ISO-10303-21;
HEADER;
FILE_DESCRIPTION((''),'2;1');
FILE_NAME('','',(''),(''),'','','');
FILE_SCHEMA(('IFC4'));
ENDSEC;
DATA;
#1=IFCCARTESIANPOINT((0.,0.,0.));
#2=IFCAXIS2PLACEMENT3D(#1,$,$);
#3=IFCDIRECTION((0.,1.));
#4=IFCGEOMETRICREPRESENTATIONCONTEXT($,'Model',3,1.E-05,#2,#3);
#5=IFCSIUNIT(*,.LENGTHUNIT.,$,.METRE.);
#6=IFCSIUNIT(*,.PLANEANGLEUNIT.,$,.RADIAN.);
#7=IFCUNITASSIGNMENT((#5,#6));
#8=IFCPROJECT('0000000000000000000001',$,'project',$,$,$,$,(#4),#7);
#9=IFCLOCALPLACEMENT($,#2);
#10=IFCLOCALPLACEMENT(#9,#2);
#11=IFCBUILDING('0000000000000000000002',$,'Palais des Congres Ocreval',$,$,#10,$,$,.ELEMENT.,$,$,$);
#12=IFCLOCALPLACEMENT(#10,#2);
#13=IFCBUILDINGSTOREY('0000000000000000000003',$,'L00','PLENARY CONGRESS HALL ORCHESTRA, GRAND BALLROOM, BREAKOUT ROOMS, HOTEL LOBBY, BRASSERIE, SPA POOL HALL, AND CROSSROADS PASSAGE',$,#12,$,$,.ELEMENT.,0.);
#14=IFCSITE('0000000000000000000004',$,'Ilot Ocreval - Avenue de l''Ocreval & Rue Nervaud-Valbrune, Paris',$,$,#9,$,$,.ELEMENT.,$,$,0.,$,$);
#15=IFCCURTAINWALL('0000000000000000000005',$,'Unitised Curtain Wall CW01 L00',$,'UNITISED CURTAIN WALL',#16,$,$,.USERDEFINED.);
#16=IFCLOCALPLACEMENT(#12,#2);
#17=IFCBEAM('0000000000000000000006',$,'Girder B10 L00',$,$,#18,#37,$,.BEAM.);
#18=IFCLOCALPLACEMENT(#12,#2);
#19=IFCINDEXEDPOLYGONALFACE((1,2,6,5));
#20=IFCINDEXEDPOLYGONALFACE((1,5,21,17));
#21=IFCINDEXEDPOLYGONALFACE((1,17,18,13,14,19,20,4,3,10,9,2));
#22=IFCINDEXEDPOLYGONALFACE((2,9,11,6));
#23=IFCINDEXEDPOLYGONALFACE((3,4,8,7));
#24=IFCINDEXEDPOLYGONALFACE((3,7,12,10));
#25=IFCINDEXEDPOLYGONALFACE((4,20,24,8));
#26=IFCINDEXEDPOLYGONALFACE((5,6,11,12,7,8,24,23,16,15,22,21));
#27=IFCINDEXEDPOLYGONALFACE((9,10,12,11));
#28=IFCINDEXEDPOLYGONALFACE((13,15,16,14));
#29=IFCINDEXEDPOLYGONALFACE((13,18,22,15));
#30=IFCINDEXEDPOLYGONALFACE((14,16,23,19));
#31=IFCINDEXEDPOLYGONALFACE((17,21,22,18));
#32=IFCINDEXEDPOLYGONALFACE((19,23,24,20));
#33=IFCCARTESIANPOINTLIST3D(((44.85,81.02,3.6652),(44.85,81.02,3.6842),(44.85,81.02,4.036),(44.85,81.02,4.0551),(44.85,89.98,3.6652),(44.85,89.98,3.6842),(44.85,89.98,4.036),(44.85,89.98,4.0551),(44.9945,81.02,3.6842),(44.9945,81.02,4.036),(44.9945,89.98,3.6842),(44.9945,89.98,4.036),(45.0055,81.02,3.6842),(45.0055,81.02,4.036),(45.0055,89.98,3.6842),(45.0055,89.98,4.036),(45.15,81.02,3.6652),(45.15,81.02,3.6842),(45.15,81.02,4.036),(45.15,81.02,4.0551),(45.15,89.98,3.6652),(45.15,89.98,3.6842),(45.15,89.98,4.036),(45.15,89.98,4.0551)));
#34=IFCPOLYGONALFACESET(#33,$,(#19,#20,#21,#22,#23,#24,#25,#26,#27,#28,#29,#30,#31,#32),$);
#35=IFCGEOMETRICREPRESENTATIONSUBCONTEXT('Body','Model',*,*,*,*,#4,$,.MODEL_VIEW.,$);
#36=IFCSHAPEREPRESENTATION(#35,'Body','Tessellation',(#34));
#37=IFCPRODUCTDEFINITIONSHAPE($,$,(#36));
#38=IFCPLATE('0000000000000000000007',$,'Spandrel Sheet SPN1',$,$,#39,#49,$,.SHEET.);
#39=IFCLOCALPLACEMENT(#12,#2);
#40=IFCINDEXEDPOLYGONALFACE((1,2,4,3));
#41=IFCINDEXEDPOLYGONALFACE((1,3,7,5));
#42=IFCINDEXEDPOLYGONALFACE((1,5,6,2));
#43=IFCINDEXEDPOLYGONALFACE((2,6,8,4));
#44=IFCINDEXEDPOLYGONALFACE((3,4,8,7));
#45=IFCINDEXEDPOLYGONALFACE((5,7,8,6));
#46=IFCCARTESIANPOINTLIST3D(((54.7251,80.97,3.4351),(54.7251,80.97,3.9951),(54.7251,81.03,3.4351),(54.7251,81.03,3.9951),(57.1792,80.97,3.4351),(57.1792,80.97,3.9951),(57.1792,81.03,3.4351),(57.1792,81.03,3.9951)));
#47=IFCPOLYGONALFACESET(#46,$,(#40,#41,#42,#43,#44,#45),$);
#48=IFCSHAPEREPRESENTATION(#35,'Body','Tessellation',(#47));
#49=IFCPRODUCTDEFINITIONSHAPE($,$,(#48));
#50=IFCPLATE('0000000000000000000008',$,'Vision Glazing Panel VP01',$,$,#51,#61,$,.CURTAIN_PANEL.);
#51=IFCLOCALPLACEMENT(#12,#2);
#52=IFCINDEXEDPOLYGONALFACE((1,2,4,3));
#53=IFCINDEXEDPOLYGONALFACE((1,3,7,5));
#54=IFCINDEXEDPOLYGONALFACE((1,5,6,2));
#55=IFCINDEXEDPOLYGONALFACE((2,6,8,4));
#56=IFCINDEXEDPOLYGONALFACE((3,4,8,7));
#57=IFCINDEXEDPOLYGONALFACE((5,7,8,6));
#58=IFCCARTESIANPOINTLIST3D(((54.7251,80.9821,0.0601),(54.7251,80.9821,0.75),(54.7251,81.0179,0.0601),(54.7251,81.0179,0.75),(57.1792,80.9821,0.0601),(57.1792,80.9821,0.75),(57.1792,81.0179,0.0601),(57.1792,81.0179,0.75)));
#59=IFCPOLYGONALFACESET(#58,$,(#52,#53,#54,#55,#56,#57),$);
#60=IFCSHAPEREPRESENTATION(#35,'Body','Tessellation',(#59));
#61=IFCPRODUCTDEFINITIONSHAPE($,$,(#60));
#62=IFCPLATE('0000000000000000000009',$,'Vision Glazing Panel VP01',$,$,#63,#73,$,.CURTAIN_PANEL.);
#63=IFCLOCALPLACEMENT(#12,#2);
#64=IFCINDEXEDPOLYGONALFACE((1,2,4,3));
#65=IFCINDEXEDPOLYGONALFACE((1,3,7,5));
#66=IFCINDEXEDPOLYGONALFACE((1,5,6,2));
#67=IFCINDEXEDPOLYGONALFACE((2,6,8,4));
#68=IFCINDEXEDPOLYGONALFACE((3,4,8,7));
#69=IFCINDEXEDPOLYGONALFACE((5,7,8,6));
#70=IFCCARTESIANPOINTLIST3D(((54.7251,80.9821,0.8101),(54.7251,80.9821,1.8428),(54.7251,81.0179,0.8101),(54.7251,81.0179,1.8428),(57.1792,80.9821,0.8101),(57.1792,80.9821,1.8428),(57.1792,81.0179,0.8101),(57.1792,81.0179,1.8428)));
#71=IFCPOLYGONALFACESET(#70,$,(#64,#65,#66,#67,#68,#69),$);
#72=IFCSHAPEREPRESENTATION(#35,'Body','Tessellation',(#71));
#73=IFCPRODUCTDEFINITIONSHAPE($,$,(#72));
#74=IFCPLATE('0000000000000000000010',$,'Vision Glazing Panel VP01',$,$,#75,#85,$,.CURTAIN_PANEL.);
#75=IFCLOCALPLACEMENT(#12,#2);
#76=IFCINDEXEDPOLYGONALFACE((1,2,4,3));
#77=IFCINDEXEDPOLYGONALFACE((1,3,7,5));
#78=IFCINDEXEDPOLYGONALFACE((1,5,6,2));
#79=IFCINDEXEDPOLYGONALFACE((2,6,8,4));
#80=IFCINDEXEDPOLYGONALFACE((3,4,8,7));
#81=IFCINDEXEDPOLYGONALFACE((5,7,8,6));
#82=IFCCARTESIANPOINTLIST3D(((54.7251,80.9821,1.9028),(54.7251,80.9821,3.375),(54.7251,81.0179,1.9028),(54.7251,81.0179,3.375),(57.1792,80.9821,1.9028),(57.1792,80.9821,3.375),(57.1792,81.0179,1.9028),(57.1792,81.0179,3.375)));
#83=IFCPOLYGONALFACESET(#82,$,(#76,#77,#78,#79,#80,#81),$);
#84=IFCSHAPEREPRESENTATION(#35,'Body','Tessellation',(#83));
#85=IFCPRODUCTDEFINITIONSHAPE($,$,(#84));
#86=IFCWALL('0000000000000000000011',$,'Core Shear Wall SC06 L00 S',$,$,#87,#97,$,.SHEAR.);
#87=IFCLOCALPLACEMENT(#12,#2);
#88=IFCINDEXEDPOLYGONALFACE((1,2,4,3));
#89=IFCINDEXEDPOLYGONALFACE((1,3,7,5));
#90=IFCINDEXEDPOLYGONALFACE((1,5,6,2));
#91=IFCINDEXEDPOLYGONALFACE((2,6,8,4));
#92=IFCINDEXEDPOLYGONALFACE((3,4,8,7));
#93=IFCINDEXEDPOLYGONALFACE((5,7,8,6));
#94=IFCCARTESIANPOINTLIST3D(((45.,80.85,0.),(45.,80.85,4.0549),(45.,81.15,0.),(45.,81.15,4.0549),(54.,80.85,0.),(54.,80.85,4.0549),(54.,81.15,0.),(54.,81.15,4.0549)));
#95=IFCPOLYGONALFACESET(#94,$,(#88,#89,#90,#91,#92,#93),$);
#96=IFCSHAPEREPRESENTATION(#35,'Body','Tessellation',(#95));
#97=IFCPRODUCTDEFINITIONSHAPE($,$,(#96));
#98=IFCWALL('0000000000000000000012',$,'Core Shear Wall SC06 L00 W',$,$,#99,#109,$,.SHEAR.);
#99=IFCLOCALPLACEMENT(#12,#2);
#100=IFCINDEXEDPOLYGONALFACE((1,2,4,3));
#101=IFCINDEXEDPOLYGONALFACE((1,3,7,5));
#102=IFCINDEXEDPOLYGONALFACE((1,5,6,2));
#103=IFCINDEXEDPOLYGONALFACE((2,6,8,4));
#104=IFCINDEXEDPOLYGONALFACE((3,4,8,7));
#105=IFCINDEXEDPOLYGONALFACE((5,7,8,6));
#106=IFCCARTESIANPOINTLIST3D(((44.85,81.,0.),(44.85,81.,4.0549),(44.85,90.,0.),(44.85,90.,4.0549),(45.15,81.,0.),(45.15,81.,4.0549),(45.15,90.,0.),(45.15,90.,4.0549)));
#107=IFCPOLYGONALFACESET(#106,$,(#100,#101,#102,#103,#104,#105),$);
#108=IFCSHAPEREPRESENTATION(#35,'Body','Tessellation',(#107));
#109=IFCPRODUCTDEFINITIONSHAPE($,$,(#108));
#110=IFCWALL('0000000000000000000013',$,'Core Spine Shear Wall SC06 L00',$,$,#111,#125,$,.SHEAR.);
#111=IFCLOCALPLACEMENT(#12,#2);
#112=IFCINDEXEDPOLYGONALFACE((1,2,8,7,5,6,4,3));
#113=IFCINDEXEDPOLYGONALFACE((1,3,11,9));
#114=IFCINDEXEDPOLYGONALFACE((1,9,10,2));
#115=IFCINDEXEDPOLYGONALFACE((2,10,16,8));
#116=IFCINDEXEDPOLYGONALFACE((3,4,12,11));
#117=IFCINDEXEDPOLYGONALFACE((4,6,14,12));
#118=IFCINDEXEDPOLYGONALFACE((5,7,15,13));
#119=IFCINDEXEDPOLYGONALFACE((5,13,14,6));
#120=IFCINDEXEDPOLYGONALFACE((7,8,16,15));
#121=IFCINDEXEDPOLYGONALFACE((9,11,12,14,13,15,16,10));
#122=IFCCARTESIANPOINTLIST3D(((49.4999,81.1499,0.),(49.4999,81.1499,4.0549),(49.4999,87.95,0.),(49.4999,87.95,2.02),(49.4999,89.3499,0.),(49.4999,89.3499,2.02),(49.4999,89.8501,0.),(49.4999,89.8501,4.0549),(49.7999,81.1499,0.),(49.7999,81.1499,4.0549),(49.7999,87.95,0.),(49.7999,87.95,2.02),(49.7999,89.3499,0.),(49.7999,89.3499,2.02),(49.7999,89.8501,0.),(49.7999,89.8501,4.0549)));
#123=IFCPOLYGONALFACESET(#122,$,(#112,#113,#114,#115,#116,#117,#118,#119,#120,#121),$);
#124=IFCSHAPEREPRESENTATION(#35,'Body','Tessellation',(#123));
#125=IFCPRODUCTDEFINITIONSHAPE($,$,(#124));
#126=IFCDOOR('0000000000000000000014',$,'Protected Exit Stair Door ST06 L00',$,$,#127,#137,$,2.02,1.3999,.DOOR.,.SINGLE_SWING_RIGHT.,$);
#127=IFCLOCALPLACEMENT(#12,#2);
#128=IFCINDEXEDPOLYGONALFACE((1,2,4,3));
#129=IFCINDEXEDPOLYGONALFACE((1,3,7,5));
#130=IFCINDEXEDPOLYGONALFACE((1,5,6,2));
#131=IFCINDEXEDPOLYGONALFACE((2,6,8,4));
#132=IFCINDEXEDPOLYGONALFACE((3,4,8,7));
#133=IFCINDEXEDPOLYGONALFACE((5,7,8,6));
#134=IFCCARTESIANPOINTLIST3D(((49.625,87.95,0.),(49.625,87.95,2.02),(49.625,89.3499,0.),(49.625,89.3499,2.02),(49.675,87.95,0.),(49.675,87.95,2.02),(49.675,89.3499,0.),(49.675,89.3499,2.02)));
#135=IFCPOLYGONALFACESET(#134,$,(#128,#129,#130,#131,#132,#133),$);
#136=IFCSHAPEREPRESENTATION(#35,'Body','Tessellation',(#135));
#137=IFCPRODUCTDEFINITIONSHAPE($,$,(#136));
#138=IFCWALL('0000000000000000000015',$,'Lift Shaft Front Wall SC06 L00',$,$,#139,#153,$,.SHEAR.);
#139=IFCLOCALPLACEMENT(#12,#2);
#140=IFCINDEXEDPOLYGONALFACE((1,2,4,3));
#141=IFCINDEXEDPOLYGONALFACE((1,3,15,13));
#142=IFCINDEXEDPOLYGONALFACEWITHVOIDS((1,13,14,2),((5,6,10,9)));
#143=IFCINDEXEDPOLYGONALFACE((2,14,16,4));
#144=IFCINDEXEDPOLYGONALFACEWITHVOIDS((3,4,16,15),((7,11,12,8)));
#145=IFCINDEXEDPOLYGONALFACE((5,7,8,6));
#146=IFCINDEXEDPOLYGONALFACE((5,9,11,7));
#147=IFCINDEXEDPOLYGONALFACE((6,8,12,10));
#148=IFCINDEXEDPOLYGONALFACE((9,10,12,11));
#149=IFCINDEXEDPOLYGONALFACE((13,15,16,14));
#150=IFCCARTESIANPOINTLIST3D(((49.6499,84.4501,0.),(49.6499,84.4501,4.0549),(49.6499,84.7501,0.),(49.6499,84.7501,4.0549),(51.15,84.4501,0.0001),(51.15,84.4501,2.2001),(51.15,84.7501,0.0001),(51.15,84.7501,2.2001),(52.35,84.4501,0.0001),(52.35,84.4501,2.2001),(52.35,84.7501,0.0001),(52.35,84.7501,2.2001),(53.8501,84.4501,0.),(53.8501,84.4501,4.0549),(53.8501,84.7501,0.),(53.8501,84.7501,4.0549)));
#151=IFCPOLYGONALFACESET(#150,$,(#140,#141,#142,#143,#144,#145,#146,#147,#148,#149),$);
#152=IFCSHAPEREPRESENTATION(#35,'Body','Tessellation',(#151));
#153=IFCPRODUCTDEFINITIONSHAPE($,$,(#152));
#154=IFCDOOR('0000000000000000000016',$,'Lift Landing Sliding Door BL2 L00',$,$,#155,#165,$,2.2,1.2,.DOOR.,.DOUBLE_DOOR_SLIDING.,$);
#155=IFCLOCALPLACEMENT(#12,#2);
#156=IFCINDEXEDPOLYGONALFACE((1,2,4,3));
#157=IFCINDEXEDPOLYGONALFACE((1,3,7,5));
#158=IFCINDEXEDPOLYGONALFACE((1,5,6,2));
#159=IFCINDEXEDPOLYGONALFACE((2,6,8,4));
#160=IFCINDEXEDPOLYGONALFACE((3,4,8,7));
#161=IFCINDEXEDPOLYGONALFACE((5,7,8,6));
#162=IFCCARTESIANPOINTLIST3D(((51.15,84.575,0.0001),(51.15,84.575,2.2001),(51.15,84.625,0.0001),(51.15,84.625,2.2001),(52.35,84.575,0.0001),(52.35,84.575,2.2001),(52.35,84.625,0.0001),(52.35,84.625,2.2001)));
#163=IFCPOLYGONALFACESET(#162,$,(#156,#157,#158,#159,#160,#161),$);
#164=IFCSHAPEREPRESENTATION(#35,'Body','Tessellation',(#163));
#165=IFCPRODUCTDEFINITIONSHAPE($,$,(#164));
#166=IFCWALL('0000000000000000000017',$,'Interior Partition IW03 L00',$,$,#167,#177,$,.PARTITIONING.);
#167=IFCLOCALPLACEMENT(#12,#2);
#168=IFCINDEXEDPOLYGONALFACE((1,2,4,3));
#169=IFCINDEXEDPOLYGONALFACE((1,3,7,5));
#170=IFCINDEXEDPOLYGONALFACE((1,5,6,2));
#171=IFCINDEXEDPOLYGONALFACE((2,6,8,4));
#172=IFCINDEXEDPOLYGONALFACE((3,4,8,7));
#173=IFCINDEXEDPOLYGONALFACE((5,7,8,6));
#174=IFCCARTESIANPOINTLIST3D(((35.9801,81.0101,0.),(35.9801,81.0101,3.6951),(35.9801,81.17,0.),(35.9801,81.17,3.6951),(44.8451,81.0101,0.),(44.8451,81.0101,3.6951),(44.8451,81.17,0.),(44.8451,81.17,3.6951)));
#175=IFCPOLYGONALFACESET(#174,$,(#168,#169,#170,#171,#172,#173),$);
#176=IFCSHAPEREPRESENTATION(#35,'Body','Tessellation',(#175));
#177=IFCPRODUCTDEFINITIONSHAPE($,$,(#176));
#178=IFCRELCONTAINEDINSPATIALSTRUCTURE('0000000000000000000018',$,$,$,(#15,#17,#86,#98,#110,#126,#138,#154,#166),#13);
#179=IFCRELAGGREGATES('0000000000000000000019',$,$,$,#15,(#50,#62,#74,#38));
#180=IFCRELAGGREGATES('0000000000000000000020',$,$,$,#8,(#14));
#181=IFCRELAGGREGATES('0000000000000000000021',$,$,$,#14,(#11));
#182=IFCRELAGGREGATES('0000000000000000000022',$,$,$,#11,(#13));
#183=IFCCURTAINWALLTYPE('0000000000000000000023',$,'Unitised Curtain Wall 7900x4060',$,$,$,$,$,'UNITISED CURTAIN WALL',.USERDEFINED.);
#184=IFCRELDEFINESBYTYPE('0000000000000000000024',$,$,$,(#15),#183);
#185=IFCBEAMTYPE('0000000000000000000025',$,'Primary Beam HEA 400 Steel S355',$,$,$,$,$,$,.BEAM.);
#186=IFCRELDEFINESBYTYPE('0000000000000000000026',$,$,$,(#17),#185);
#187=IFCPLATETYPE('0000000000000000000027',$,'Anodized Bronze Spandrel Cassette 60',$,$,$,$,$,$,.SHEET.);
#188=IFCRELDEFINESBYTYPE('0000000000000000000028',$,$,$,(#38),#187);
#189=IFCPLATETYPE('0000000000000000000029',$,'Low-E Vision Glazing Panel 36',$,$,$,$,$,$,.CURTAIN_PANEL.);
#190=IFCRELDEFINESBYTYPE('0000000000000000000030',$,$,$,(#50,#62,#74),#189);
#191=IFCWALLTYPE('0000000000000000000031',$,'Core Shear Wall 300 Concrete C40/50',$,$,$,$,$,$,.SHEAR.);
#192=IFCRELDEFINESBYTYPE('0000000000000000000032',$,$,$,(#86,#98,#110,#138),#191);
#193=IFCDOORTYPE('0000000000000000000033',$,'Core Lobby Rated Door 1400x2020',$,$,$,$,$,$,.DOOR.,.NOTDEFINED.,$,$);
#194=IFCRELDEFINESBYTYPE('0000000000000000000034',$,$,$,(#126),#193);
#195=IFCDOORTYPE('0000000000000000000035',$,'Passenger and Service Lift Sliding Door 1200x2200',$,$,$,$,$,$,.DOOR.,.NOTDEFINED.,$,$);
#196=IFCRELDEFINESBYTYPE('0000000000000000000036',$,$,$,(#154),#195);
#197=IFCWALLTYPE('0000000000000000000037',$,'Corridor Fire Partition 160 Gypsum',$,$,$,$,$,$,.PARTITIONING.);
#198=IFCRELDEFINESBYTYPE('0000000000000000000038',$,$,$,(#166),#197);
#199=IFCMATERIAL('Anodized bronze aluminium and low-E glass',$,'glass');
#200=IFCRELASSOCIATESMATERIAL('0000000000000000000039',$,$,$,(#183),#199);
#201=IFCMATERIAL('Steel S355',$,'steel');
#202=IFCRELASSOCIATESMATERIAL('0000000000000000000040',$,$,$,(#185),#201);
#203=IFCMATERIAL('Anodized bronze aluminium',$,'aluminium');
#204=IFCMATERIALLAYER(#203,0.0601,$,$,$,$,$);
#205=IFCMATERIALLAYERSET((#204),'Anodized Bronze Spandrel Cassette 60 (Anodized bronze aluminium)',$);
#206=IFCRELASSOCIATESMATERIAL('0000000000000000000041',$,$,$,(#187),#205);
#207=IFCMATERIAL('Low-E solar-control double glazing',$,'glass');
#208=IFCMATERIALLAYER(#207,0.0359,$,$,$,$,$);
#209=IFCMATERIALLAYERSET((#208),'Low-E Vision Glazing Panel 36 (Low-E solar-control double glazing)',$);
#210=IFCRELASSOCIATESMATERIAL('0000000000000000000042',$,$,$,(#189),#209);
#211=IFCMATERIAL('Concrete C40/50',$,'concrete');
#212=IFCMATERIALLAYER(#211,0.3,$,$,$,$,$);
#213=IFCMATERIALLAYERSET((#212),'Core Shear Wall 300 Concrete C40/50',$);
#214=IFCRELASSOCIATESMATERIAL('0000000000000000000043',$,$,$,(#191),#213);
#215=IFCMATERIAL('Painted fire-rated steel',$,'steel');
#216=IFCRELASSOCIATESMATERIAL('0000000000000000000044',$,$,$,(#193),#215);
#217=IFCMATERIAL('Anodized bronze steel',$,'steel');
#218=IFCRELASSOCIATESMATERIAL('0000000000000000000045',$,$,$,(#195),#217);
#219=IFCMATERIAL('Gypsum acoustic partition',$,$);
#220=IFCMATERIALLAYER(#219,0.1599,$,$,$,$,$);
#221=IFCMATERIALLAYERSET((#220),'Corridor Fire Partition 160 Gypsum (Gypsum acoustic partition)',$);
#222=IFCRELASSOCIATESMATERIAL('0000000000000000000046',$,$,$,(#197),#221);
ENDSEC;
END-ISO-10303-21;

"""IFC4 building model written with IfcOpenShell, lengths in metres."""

from ifc_helpers import new_model, si_unit, direction, frame, frame_2d, origin, origin_2d, place, context, subcontext, project, spatial, rectangle, i_section, extrude, material, layer, layer_set, material_profile, profile_set, type_object, element, fill, aggregate, save


model = new_model("IFC4")

# Units and contexts
model_context = context("Model", 3, precision=1e-05, world=origin(), true_north=direction((0.0, 1.0)))
body_context = subcontext(model_context, "Body", "Model", "MODEL_VIEW")
ifc_project = project(units=[si_unit("LENGTHUNIT", "METRE"), si_unit("PLANEANGLEUNIT", "RADIAN")], contexts=[model_context])

# Site, building, storey
site_placement = place(None, origin())
site = spatial("IfcSite", under=ifc_project, at=site_placement, Name="Ilot Ocreval - Avenue de l'Ocreval & Rue Nervaud-Valbrune, Paris", CompositionType="ELEMENT", RefElevation=0.0)
building_placement = place(site_placement, origin())
building = spatial("IfcBuilding", under=site, at=building_placement, Name="Palais des Congres Ocreval", CompositionType="ELEMENT")
storey_placement = place(building_placement, origin())
storey = spatial("IfcBuildingStorey", under=building, at=storey_placement, Name="L00", Description="PLENARY CONGRESS HALL ORCHESTRA, GRAND BALLROOM, BREAKOUT ROOMS, HOTEL LOBBY, BRASSERIE, SPA POOL HALL, AND CROSSROADS PASSAGE", CompositionType="ELEMENT", Elevation=0.0)

# Shared definitions
ifc_material_1 = material(Name="Steel S355", Category="steel")

# Curtain wall
ifc_material_2 = material(Name="Anodized bronze aluminium and low-E glass", Category="glass")
curtain_wall_type = type_object("IfcCurtainWallType", Name="Unitised Curtain Wall 7900x4060", ElementType="UNITISED CURTAIN WALL", PredefinedType="USERDEFINED", material=ifc_material_2)
curtain_wall_placement = place(storey_placement, origin())
curtain_wall = element("IfcCurtainWall", 1, at=curtain_wall_placement, inside=storey, type_object=curtain_wall_type, Name="Unitised Curtain Wall CW01 L00", ObjectType="UNITISED CURTAIN WALL", PredefinedType="USERDEFINED")
ifc_material_3 = material(Name="Anodized bronze aluminium", Category="aluminium")

# Beam
ifc_material_profile_1 = material_profile(ifc_material_1, i_section(OverallWidth=0.3, OverallDepth=0.3899, WebThickness=0.011, FlangeThickness=0.019, at=origin_2d()), Name="HEA 400")
ifc_profile_set_1 = profile_set([ifc_material_profile_1], Name="Steel S355")
beam_type_1 = type_object("IfcBeamType", Name="Primary Beam HEA 400 Steel S355", PredefinedType="BEAM", material=ifc_profile_set_1)
beam_1_placement = place(storey_placement, frame((45.0, 81.02, 3.8601), z_axis=(0.0, 1.0, 0.0), x_axis=(-1.0, 0.0, 0.0)))
element("IfcBeam", 2, at=beam_1_placement, inside=storey, type_object=beam_type_1, Name="Girder B10 L00", PredefinedType="BEAM", context=body_context, shape_type="SweptSolid", body=[
    extrude(i_section(OverallWidth=0.3, OverallDepth=0.3899, WebThickness=0.011, FlangeThickness=0.019, at=origin_2d()), origin(), (0.0, 0.0, 1.0), 8.96),
])

# Plates
ifc_layer_1 = layer(ifc_material_3, 0.0601)
ifc_layer_set_1 = layer_set([ifc_layer_1], Name="Anodized Bronze Spandrel Cassette 60 (Anodized bronze aluminium)")
plate_type_1 = type_object("IfcPlateType", Name="Anodized Bronze Spandrel Cassette 60", PredefinedType="SHEET", material=ifc_layer_set_1)
plate_1_placement = place(storey_placement, frame((55.9521, 81.0, 3.4351), z_axis=(0.0, 0.0, 1.0), x_axis=(1.0, 0.0, 0.0)))
plate_1 = element("IfcPlate", 3, at=plate_1_placement, type_object=plate_type_1, Name="Spandrel Sheet SPN1", PredefinedType="SHEET", context=body_context, shape_type="SweptSolid", body=[
    extrude(rectangle(XDim=2.4541, YDim=0.0601, at=origin_2d()), origin(), (0.0, 0.0, 1.0), 0.5601),
])
ifc_material_4 = material(Name="Low-E solar-control double glazing", Category="glass")
ifc_layer_2 = layer(ifc_material_4, 0.0359)
ifc_layer_set_2 = layer_set([ifc_layer_2], Name="Low-E Vision Glazing Panel 36 (Low-E solar-control double glazing)")
plate_type_2 = type_object("IfcPlateType", Name="Low-E Vision Glazing Panel 36", PredefinedType="CURTAIN_PANEL", material=ifc_layer_set_2)
plate_2_placement = place(storey_placement, frame((55.9521, 81.0, 0.0601), z_axis=(0.0, 0.0, 1.0), x_axis=(1.0, 0.0, 0.0)))
plate_2 = element("IfcPlate", 4, at=plate_2_placement, type_object=plate_type_2, Name="Vision Glazing Panel VP01", PredefinedType="CURTAIN_PANEL", context=body_context, shape_type="SweptSolid", body=[
    extrude(rectangle(XDim=2.4541, YDim=0.0359, at=origin_2d()), origin(), (0.0, 0.0, 1.0), 0.6899),
])
plate_3_placement = place(storey_placement, frame((55.9521, 81.0, 0.8101), z_axis=(0.0, 0.0, 1.0), x_axis=(1.0, 0.0, 0.0)))
plate_3 = element("IfcPlate", 5, at=plate_3_placement, type_object=plate_type_2, Name="Vision Glazing Panel VP01", PredefinedType="CURTAIN_PANEL", context=body_context, shape_type="SweptSolid", body=[
    extrude(rectangle(XDim=2.4541, YDim=0.0359, at=origin_2d()), origin(), (0.0, 0.0, 1.0), 1.0327),
])
plate_4_placement = place(storey_placement, frame((55.9521, 81.0, 1.9028), z_axis=(0.0, 0.0, 1.0), x_axis=(1.0, 0.0, 0.0)))
plate_4 = element("IfcPlate", 6, at=plate_4_placement, type_object=plate_type_2, Name="Vision Glazing Panel VP01", PredefinedType="CURTAIN_PANEL", context=body_context, shape_type="SweptSolid", body=[
    extrude(rectangle(XDim=2.4541, YDim=0.0359, at=origin_2d()), origin(), (0.0, 0.0, 1.0), 1.4722),
])
aggregate(curtain_wall, [plate_2, plate_3, plate_4, plate_1])

# Walls
ifc_material_5 = material(Name="Concrete C40/50", Category="concrete")
ifc_layer_3 = layer(ifc_material_5, 0.3)
ifc_layer_set_3 = layer_set([ifc_layer_3], Name="Core Shear Wall 300 Concrete C40/50")
wall_type_1 = type_object("IfcWallType", Name="Core Shear Wall 300 Concrete C40/50", PredefinedType="SHEAR", material=ifc_layer_set_3)
for number, where, z_axis, x_axis, name in (
    (7, (45.0, 81.0, 0.0), (0.0, 0.0, 1.0), (1.0, 0.0, 0.0), "Core Shear Wall SC06 L00 S"),
    (8, (45.0, 81.0, 0.0), (0.0, 0.0, 1.0), (0.0, 1.0, 0.0), "Core Shear Wall SC06 L00 W"),
):
    element("IfcWall", number, at=place(storey_placement, frame(where, z_axis=z_axis, x_axis=x_axis)), inside=storey, type_object=wall_type_1, Name=name, PredefinedType="SHEAR", context=body_context, shape_type="SweptSolid", body=[
        extrude(rectangle(XDim=9.0, YDim=0.3, at=frame_2d((4.5, 0.0))), origin(), (0.0, 0.0, 1.0), 4.0549),
    ])

# Walls, openings, doors
wall_1_placement = place(storey_placement, frame((49.6499, 81.1499, 0.0), z_axis=(0.0, 0.0, 1.0), x_axis=(0.0, 1.0, 0.0)))
wall_1 = element("IfcWall", 9, at=wall_1_placement, inside=storey, type_object=wall_type_1, Name="Core Spine Shear Wall SC06 L00", PredefinedType="SHEAR", context=body_context, shape_type="SweptSolid", body=[
    extrude(rectangle(XDim=8.7002, YDim=0.3, at=frame_2d((4.3501, 0.0))), origin(), (0.0, 0.0, 1.0), 4.0549),
])
opening_1_placement = place(wall_1_placement, frame((6.8, 0.0, 0.0)))
opening_1 = element("IfcOpeningElement", 10, at=opening_1_placement, cuts=wall_1, PredefinedType="OPENING", context=body_context, shape_type="SweptSolid", body=[
    extrude(rectangle(XDim=1.3999, YDim=2.02, at=frame_2d((0.7, 1.01))), frame((0.0, 0.1599, 0.0), z_axis=(0.0, -1.0, 0.0), x_axis=(1.0, 0.0, 0.0)), (0.0, 0.0, 1.0), 0.3201),
])
ifc_material_6 = material(Name="Painted fire-rated steel", Category="steel")
door_type_1 = type_object("IfcDoorType", Name="Core Lobby Rated Door 1400x2020", OperationType="NOTDEFINED", PredefinedType="DOOR", material=ifc_material_6)
door_1_placement = place(opening_1_placement, origin())
door_1 = element("IfcDoor", 11, at=door_1_placement, inside=storey, type_object=door_type_1, Name="Protected Exit Stair Door ST06 L00", OperationType="SINGLE_SWING_RIGHT", OverallHeight=2.02, OverallWidth=1.3999, PredefinedType="DOOR", context=body_context, shape_type="SweptSolid", body=[
    extrude(rectangle(XDim=1.3999, YDim=2.02, at=frame_2d((0.7, 1.01))), frame((0.0, 0.0249, 0.0), z_axis=(0.0, -1.0, 0.0), x_axis=(1.0, 0.0, 0.0)), (0.0, 0.0, 1.0), 0.05),
])
fill(opening_1, door_1)
wall_2_placement = place(storey_placement, frame((49.6499, 84.6001, 0.0), z_axis=(0.0, 0.0, 1.0), x_axis=(1.0, 0.0, 0.0)))
wall_2 = element("IfcWall", 12, at=wall_2_placement, inside=storey, type_object=wall_type_1, Name="Lift Shaft Front Wall SC06 L00", PredefinedType="SHEAR", context=body_context, shape_type="SweptSolid", body=[
    extrude(rectangle(XDim=4.2002, YDim=0.3, at=frame_2d((2.1001, 0.0))), origin(), (0.0, 0.0, 1.0), 4.0549),
])
opening_2_placement = place(wall_2_placement, frame((1.5, 0.0, 0.0)))
opening_2 = element("IfcOpeningElement", 13, at=opening_2_placement, cuts=wall_2, PredefinedType="OPENING", context=body_context, shape_type="SweptSolid", body=[
    extrude(rectangle(XDim=1.2, YDim=2.2, at=frame_2d((0.6001, 1.1001))), frame((0.0, 0.1599, 0.0), z_axis=(0.0, -1.0, 0.0), x_axis=(1.0, 0.0, 0.0)), (0.0, 0.0, 1.0), 0.3201),
])
ifc_material_7 = material(Name="Anodized bronze steel", Category="steel")
door_type_2 = type_object("IfcDoorType", Name="Passenger and Service Lift Sliding Door 1200x2200", OperationType="NOTDEFINED", PredefinedType="DOOR", material=ifc_material_7)
door_2_placement = place(opening_2_placement, origin())
door_2 = element("IfcDoor", 14, at=door_2_placement, inside=storey, type_object=door_type_2, Name="Lift Landing Sliding Door BL2 L00", OperationType="DOUBLE_DOOR_SLIDING", OverallHeight=2.2, OverallWidth=1.2, PredefinedType="DOOR", context=body_context, shape_type="SweptSolid", body=[
    extrude(rectangle(XDim=1.2, YDim=2.2, at=frame_2d((0.6001, 1.1001))), frame((0.0, 0.0249, 0.0), z_axis=(0.0, -1.0, 0.0), x_axis=(1.0, 0.0, 0.0)), (0.0, 0.0, 1.0), 0.05),
])
fill(opening_2, door_2)

# Wall
ifc_material_8 = material(Name="Gypsum acoustic partition")
ifc_layer_4 = layer(ifc_material_8, 0.1599)
ifc_layer_set_4 = layer_set([ifc_layer_4], Name="Corridor Fire Partition 160 Gypsum (Gypsum acoustic partition)")
wall_type_2 = type_object("IfcWallType", Name="Corridor Fire Partition 160 Gypsum", PredefinedType="PARTITIONING", material=ifc_layer_set_4)
wall_3_placement = place(storey_placement, frame((35.98, 81.0901, 0.0), z_axis=(0.0, 0.0, 1.0), x_axis=(1.0, 0.0, 0.0)))
element("IfcWall", 15, at=wall_3_placement, inside=storey, type_object=wall_type_2, Name="Interior Partition IW03 L00", PredefinedType="PARTITIONING", context=body_context, shape_type="SweptSolid", body=[
    extrude(rectangle(XDim=8.865, YDim=0.1599, at=frame_2d((4.4326, 0.0))), origin(), (0.0, 0.0, 1.0), 3.6951),
])

save(model, "model.ifc")
